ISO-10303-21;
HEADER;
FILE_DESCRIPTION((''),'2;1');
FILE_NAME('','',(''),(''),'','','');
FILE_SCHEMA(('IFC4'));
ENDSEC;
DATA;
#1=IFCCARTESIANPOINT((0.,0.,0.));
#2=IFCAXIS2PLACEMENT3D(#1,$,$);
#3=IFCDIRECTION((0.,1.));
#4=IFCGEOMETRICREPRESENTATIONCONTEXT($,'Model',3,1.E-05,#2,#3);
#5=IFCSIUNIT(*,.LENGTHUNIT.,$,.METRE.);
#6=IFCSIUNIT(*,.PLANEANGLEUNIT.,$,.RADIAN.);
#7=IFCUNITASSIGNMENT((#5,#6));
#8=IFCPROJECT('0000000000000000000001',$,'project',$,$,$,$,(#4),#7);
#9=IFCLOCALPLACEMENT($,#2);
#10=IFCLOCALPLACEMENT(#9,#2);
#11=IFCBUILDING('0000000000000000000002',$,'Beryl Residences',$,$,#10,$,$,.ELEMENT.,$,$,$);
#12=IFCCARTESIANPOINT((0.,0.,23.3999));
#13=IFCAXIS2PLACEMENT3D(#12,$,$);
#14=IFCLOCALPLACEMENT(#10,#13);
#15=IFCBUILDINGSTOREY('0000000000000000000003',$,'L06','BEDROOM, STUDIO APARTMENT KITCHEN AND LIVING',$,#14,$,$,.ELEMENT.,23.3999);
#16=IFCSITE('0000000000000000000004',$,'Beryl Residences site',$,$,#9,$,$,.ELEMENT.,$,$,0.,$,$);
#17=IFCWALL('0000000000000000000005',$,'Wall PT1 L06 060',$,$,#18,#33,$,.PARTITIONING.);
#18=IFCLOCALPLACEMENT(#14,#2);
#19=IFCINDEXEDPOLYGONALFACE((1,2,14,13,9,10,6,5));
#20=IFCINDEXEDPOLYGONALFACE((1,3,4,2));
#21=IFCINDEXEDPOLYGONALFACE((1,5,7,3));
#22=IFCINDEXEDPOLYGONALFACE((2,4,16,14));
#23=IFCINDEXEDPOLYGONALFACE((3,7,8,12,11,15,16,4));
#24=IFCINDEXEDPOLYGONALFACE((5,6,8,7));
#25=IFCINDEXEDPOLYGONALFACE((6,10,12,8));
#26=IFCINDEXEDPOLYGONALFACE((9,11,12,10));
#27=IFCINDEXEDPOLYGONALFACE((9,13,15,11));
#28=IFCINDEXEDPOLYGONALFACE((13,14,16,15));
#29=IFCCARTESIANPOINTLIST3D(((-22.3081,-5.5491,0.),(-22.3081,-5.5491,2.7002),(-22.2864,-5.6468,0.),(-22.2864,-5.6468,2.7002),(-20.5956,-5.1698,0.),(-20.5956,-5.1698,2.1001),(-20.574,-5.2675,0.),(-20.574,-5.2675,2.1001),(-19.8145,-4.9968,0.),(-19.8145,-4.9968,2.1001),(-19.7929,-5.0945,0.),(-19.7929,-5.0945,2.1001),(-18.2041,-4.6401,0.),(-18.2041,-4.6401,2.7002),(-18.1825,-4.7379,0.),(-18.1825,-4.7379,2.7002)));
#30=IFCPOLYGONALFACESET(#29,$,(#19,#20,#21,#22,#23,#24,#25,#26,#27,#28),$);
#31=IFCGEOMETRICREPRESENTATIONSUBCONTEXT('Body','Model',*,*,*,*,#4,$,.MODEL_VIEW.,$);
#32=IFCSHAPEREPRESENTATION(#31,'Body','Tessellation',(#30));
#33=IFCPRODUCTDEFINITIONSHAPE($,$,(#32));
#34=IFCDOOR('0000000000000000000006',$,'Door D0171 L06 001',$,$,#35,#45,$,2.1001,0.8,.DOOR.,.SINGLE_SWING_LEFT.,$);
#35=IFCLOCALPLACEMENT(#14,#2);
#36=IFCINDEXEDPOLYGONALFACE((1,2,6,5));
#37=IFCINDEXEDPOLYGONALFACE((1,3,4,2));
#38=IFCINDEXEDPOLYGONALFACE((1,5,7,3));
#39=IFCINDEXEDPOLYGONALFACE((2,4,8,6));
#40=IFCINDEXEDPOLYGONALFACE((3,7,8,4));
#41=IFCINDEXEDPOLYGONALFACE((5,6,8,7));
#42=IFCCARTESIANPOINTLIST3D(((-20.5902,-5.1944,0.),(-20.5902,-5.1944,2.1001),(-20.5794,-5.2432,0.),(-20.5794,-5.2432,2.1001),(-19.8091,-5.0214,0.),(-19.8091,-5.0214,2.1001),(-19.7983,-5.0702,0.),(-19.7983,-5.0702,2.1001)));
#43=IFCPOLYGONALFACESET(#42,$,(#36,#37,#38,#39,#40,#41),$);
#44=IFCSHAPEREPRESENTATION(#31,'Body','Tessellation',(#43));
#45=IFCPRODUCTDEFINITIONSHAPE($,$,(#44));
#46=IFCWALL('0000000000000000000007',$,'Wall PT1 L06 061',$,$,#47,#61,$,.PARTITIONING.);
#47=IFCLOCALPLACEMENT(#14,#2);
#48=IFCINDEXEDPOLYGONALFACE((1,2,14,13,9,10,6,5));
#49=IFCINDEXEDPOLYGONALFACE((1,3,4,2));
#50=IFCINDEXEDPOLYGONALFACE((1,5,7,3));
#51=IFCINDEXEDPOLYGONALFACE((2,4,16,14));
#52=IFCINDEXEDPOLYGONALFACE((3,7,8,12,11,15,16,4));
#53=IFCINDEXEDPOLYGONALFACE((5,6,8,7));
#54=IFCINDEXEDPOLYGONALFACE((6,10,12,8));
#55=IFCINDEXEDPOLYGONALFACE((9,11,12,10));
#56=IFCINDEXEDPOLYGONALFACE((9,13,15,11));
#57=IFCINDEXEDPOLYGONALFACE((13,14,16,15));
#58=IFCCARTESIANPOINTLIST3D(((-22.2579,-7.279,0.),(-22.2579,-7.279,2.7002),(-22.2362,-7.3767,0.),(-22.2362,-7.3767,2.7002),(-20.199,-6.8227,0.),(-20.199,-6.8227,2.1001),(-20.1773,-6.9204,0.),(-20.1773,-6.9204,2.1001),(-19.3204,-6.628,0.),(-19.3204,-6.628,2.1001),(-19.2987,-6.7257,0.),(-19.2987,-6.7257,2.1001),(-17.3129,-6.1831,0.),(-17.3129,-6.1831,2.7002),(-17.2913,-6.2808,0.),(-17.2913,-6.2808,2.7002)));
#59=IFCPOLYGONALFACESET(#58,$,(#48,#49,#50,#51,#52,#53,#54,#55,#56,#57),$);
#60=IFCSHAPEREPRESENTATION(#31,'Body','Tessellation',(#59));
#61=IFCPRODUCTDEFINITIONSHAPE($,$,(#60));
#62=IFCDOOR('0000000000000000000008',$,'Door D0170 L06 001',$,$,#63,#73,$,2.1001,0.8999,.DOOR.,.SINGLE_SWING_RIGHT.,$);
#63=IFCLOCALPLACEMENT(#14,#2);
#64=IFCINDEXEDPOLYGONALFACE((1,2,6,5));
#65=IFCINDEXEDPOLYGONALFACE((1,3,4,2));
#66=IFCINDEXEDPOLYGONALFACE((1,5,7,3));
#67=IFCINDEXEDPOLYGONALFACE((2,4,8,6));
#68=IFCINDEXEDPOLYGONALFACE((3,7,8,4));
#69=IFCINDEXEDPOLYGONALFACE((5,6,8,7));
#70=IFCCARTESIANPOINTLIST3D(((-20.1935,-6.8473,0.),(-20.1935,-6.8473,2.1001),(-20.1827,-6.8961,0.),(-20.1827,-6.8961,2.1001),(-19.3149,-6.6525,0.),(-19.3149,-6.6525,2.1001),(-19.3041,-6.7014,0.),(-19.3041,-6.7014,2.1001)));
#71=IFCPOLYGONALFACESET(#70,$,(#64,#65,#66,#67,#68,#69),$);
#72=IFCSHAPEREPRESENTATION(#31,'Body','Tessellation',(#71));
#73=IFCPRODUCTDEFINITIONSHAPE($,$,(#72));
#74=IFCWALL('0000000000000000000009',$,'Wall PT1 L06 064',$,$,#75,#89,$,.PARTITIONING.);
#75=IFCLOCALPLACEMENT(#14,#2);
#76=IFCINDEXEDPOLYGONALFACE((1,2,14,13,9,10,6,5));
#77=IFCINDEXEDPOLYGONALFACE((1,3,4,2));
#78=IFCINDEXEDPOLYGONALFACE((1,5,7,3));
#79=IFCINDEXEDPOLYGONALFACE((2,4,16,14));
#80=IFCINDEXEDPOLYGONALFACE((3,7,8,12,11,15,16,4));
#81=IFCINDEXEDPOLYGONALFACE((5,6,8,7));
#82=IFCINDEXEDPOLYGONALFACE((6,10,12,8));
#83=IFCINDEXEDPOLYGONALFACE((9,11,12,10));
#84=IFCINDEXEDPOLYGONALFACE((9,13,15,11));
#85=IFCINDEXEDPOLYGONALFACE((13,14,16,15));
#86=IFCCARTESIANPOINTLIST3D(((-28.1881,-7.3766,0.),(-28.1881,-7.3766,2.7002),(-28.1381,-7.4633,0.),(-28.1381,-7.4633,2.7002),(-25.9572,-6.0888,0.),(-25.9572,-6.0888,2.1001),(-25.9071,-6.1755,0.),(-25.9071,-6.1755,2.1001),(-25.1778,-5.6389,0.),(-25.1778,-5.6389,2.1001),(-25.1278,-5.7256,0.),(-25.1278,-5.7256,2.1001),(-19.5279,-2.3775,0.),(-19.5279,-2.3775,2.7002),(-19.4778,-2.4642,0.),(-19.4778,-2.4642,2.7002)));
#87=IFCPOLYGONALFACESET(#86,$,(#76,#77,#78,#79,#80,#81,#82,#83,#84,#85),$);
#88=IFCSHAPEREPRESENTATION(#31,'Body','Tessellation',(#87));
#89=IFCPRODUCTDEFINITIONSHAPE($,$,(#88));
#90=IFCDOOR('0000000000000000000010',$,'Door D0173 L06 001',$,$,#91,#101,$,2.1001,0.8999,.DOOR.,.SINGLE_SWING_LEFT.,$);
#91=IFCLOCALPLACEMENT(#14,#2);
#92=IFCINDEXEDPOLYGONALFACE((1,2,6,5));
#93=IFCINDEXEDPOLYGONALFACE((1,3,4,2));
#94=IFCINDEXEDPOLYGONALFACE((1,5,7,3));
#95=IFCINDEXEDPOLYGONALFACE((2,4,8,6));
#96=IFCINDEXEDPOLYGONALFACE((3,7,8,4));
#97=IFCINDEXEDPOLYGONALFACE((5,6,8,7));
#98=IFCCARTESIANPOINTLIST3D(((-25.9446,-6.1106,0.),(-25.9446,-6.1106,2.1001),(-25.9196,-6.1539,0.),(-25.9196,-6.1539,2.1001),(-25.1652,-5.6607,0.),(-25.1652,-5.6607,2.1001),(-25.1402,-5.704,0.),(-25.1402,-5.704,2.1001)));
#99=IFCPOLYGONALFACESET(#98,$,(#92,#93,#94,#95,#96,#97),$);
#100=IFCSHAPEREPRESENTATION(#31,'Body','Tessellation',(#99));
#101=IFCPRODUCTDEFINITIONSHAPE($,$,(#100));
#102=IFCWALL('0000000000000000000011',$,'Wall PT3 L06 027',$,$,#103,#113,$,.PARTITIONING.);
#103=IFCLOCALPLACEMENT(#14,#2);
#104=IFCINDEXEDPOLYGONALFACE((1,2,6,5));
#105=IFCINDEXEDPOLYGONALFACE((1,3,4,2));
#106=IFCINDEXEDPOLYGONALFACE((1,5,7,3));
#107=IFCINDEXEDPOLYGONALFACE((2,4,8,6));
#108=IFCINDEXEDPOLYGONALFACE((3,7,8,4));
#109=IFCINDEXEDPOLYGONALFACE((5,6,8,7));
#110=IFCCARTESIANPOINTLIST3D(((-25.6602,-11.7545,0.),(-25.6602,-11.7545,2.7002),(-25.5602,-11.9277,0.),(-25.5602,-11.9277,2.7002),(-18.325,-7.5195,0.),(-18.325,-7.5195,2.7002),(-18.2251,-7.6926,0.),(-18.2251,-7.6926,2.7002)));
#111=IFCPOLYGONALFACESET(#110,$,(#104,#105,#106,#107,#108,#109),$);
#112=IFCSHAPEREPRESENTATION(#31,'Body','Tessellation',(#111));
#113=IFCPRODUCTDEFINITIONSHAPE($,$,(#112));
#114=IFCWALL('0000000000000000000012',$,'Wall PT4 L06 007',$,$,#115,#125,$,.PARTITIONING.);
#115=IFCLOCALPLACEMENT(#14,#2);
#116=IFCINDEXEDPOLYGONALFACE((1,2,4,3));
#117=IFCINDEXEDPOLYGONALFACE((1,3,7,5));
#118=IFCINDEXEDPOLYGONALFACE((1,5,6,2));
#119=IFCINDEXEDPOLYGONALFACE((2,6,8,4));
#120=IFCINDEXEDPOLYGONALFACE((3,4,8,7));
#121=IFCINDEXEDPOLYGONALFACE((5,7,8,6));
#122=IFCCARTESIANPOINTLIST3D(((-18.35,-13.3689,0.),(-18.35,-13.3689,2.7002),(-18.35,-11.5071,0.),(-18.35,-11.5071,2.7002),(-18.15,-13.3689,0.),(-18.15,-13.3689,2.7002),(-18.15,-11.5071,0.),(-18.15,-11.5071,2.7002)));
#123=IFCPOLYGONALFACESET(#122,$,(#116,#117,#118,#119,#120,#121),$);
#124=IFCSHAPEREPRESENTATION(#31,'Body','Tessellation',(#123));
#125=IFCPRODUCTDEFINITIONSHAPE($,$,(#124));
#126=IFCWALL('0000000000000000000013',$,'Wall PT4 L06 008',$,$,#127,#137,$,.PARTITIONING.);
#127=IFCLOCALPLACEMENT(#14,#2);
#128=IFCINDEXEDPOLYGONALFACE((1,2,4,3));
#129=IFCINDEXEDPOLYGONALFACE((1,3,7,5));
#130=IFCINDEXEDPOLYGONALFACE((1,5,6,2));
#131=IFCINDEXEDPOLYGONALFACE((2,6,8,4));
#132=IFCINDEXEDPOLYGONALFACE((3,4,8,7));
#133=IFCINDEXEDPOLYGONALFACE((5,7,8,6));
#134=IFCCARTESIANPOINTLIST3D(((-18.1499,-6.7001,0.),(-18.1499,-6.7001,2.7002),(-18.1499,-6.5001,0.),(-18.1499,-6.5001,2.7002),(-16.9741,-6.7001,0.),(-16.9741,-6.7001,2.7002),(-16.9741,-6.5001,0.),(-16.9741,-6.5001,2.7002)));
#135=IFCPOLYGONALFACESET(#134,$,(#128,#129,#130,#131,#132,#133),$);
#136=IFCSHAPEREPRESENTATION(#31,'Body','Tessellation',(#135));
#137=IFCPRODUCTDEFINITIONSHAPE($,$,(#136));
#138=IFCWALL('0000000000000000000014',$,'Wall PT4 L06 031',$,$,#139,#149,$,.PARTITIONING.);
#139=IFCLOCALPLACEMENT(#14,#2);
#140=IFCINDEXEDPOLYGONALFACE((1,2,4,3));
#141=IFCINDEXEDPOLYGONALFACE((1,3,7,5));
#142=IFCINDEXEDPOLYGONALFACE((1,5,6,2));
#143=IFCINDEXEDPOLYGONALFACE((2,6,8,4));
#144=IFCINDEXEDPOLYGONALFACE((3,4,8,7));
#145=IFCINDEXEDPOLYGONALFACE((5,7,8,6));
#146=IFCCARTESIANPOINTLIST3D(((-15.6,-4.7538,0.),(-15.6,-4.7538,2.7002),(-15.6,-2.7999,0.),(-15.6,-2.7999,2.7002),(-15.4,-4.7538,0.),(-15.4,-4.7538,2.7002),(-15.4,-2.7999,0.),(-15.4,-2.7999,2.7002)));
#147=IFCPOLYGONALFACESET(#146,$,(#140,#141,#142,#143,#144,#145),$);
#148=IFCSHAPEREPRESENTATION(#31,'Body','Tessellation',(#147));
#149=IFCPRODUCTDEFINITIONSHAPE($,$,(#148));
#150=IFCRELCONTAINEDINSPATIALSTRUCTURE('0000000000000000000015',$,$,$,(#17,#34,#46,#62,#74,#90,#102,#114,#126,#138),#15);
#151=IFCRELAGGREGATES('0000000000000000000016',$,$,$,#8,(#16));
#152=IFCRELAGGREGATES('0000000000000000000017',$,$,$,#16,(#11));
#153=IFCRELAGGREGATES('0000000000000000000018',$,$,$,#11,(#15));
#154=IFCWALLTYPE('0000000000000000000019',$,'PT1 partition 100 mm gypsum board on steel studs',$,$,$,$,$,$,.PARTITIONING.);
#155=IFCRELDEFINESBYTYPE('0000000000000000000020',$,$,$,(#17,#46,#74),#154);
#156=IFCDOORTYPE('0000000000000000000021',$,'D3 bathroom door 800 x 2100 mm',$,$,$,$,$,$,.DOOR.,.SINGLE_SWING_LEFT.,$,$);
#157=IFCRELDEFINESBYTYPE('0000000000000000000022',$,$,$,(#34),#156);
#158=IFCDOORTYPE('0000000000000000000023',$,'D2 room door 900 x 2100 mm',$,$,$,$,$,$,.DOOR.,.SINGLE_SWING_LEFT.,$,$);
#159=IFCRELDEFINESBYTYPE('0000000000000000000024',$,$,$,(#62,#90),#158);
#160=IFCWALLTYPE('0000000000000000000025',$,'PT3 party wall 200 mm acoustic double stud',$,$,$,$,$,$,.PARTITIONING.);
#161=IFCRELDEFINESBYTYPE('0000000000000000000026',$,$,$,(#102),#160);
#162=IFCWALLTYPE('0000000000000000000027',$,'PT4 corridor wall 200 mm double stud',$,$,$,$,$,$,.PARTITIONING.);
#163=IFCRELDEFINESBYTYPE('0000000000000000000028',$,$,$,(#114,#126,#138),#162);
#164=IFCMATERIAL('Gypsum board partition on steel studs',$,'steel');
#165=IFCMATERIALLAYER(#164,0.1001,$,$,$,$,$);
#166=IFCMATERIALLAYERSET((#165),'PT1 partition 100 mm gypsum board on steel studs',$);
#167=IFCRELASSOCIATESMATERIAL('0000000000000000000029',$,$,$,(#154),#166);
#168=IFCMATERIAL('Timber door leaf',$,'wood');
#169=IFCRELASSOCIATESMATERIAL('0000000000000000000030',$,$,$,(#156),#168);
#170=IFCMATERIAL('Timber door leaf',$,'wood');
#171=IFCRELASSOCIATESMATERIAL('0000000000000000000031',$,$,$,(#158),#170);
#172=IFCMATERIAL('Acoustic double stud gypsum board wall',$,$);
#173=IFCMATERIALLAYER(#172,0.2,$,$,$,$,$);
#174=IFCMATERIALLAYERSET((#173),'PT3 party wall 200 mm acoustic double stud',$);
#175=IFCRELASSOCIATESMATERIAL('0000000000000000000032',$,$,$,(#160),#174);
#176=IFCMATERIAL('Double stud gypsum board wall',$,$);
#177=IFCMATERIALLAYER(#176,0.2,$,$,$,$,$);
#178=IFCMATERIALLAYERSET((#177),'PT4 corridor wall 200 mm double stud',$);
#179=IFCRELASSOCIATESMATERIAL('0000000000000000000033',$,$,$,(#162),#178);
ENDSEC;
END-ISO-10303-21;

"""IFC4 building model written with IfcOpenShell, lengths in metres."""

from ifc_helpers import new_model, si_unit, direction, frame, frame_2d, origin, place, context, subcontext, project, spatial, rectangle, extrude, material, layer, layer_set, type_object, element, fill, save


model = new_model("IFC4")

# Units and contexts
model_context = context("Model", 3, precision=1e-05, world=origin(), true_north=direction((0.0, 1.0)))
body_context = subcontext(model_context, "Body", "Model", "MODEL_VIEW")
ifc_project = project(units=[si_unit("LENGTHUNIT", "METRE"), si_unit("PLANEANGLEUNIT", "RADIAN")], contexts=[model_context])

# Site, building, storey
site_placement = place(None, origin())
site = spatial("IfcSite", under=ifc_project, at=site_placement, Name="Beryl Residences site", CompositionType="ELEMENT", RefElevation=0.0)
building_placement = place(site_placement, origin())
building = spatial("IfcBuilding", under=site, at=building_placement, Name="Beryl Residences", CompositionType="ELEMENT")
storey_placement = place(building_placement, frame((0.0, 0.0, 23.3999)))
storey = spatial("IfcBuildingStorey", under=building, at=storey_placement, Name="L06", Description="BEDROOM, STUDIO APARTMENT KITCHEN AND LIVING", CompositionType="ELEMENT", Elevation=23.3999)

# Shared definitions
ifc_material_1 = material(Name="Gypsum board partition on steel studs", Category="steel")
ifc_layer_1 = layer(ifc_material_1, 0.1001)
ifc_layer_set_1 = layer_set([ifc_layer_1], Name="PT1 partition 100 mm gypsum board on steel studs")
wall_type_1 = type_object("IfcWallType", Name="PT1 partition 100 mm gypsum board on steel studs", PredefinedType="PARTITIONING", material=ifc_layer_set_1)

# Walls, openings, doors
ifc_material_2 = material(Name="Timber door leaf", Category="wood")
door_type_1 = type_object("IfcDoorType", Name="D3 bathroom door 800 x 2100 mm", OperationType="SINGLE_SWING_LEFT", PredefinedType="DOOR", material=ifc_material_2)
ifc_material_3 = material(Name="Timber door leaf", Category="wood")
door_type_2 = type_object("IfcDoorType", Name="D2 room door 900 x 2100 mm", OperationType="SINGLE_SWING_LEFT", PredefinedType="DOOR", material=ifc_material_3)
wall_1_placement = place(storey_placement, frame((-22.2971, -5.5979, 0.0), z_axis=(0.0, 0.0, 1.0), x_axis=(0.976341, 0.216235, 0.0)))
wall_1 = element("IfcWall", 1, at=wall_1_placement, inside=storey, type_object=wall_type_1, Name="Wall PT1 L06 060", PredefinedType="PARTITIONING", context=body_context, shape_type="SweptSolid", body=[
    extrude(rectangle(XDim=4.2034, YDim=0.1001, at=frame_2d((2.1016, 0.0))), origin(), (0.0, 0.0, 1.0), 2.7002),
])
opening_1_placement = place(wall_1_placement, frame((1.7539, 0.0, 0.0)))
opening_1 = element("IfcOpeningElement", 2, at=opening_1_placement, cuts=wall_1, PredefinedType="OPENING", context=body_context, shape_type="SweptSolid", body=[
    extrude(rectangle(XDim=0.8, YDim=2.1001, at=frame_2d((0.3999, 1.05))), frame((0.0, 0.0601, 0.0), z_axis=(0.0, -1.0, 0.0), x_axis=(1.0, 0.0, 0.0)), (0.0, 0.0, 1.0), 0.1201),
])
door_1_placement = place(opening_1_placement, origin())
door_1 = element("IfcDoor", 3, at=door_1_placement, inside=storey, type_object=door_type_1, Name="Door D0171 L06 001", OperationType="SINGLE_SWING_LEFT", OverallHeight=2.1001, OverallWidth=0.8, PredefinedType="DOOR", context=body_context, shape_type="SweptSolid", body=[
    extrude(rectangle(XDim=0.8, YDim=2.1001, at=frame_2d((0.3999, 1.05))), frame((0.0, 0.0249, 0.0), z_axis=(0.0, -1.0, 0.0), x_axis=(1.0, 0.0, 0.0)), (0.0, 0.0, 1.0), 0.05),
])
fill(opening_1, door_1)
wall_2_placement = place(storey_placement, frame((-22.2471, -7.3279, 0.0), z_axis=(0.0, 0.0, 1.0), x_axis=(0.976311, 0.216374, 0.0)))
wall_2 = element("IfcWall", 4, at=wall_2_placement, inside=storey, type_object=wall_type_1, Name="Wall PT1 L06 061", PredefinedType="PARTITIONING", context=body_context, shape_type="SweptSolid", body=[
    extrude(rectangle(XDim=5.0649, YDim=0.1001, at=frame_2d((2.5325, 0.0))), origin(), (0.0, 0.0, 1.0), 2.7002),
])
opening_2_placement = place(wall_2_placement, frame((2.1089, 0.0, 0.0)))
opening_2 = element("IfcOpeningElement", 5, at=opening_2_placement, cuts=wall_2, PredefinedType="OPENING", context=body_context, shape_type="SweptSolid", body=[
    extrude(rectangle(XDim=0.8999, YDim=2.1001, at=frame_2d((0.45, 1.05))), frame((0.0, 0.0601, 0.0), z_axis=(0.0, -1.0, 0.0), x_axis=(1.0, 0.0, 0.0)), (0.0, 0.0, 1.0), 0.1201),
])
door_2_placement = place(opening_2_placement, origin())
door_2 = element("IfcDoor", 6, at=door_2_placement, inside=storey, type_object=door_type_2, Name="Door D0170 L06 001", OperationType="SINGLE_SWING_RIGHT", OverallHeight=2.1001, OverallWidth=0.8999, PredefinedType="DOOR", context=body_context, shape_type="SweptSolid", body=[
    extrude(rectangle(XDim=0.8999, YDim=2.1001, at=frame_2d((0.45, 1.05))), frame((0.0, 0.0249, 0.0), z_axis=(0.0, -1.0, 0.0), x_axis=(1.0, 0.0, 0.0)), (0.0, 0.0, 1.0), 0.05),
])
fill(opening_2, door_2)
wall_3_placement = place(storey_placement, frame((-28.1631, -7.4199, 0.0), z_axis=(0.0, 0.0, 1.0), x_axis=(0.866065, 0.499931, 0.0)))
wall_3 = element("IfcWall", 7, at=wall_3_placement, inside=storey, type_object=wall_type_1, Name="Wall PT1 L06 064", PredefinedType="PARTITIONING", context=body_context, shape_type="SweptSolid", body=[
    extrude(rectangle(XDim=9.9995, YDim=0.1001, at=frame_2d((4.9998, 0.0))), origin(), (0.0, 0.0, 1.0), 2.7002),
])
opening_3_placement = place(wall_3_placement, frame((2.5759, 0.0, 0.0)))
opening_3 = element("IfcOpeningElement", 8, at=opening_3_placement, cuts=wall_3, PredefinedType="OPENING", context=body_context, shape_type="SweptSolid", body=[
    extrude(rectangle(XDim=0.8999, YDim=2.1001, at=frame_2d((0.45, 1.05))), frame((0.0, 0.0601, 0.0), z_axis=(0.0, -1.0, 0.0), x_axis=(1.0, 0.0, 0.0)), (0.0, 0.0, 1.0), 0.1201),
])
door_3_placement = place(opening_3_placement, origin())
door_3 = element("IfcDoor", 9, at=door_3_placement, inside=storey, type_object=door_type_2, Name="Door D0173 L06 001", OperationType="SINGLE_SWING_LEFT", OverallHeight=2.1001, OverallWidth=0.8999, PredefinedType="DOOR", context=body_context, shape_type="SweptSolid", body=[
    extrude(rectangle(XDim=0.8999, YDim=2.1001, at=frame_2d((0.45, 1.05))), frame((0.0, 0.0249, 0.0), z_axis=(0.0, -1.0, 0.0), x_axis=(1.0, 0.0, 0.0)), (0.0, 0.0, 1.0), 0.05),
])
fill(opening_3, door_3)

# Walls
ifc_material_4 = material(Name="Acoustic double stud gypsum board wall")
ifc_layer_2 = layer(ifc_material_4, 0.2)
ifc_layer_set_2 = layer_set([ifc_layer_2], Name="PT3 party wall 200 mm acoustic double stud")
wall_type_2 = type_object("IfcWallType", Name="PT3 party wall 200 mm acoustic double stud", PredefinedType="PARTITIONING", material=ifc_layer_set_2)
wall_4_placement = place(storey_placement, frame((-25.6101, -11.8411, 0.0), z_axis=(0.0, 0.0, 1.0), x_axis=(0.866019, 0.500011, 0.0)))
element("IfcWall", 10, at=wall_4_placement, inside=storey, type_object=wall_type_2, Name="Wall PT3 L06 027", PredefinedType="PARTITIONING", context=body_context, shape_type="SweptSolid", body=[
    extrude(rectangle(XDim=8.47, YDim=0.2, at=frame_2d((4.2349, 0.0))), origin(), (0.0, 0.0, 1.0), 2.7002),
])
ifc_material_5 = material(Name="Double stud gypsum board wall")
ifc_layer_3 = layer(ifc_material_5, 0.2)
ifc_layer_set_3 = layer_set([ifc_layer_3], Name="PT4 corridor wall 200 mm double stud")
wall_type_3 = type_object("IfcWallType", Name="PT4 corridor wall 200 mm double stud", PredefinedType="PARTITIONING", material=ifc_layer_set_3)
wall_5_placement = place(storey_placement, frame((-18.25, -11.5071, 0.0), z_axis=(0.0, 0.0, 1.0), x_axis=(0.0, -1.0, 0.0)))
element("IfcWall", 11, at=wall_5_placement, inside=storey, type_object=wall_type_3, Name="Wall PT4 L06 007", PredefinedType="PARTITIONING", context=body_context, shape_type="SweptSolid", body=[
    extrude(rectangle(XDim=1.8618, YDim=0.2, at=frame_2d((0.9309, 0.0))), origin(), (0.0, 0.0, 1.0), 2.7002),
])
wall_6_placement = place(storey_placement, frame((-18.1499, -6.6001, 0.0), z_axis=(0.0, 0.0, 1.0), x_axis=(1.0, 0.0, 0.0)))
element("IfcWall", 12, at=wall_6_placement, inside=storey, type_object=wall_type_3, Name="Wall PT4 L06 008", PredefinedType="PARTITIONING", context=body_context, shape_type="SweptSolid", body=[
    extrude(rectangle(XDim=1.1758, YDim=0.2, at=frame_2d((0.5879, 0.0))), origin(), (0.0, 0.0, 1.0), 2.7002),
])
wall_7_placement = place(storey_placement, frame((-15.5, -4.7539, 0.0), z_axis=(0.0, 0.0, 1.0), x_axis=(0.0, 1.0, 0.0)))
element("IfcWall", 13, at=wall_7_placement, inside=storey, type_object=wall_type_3, Name="Wall PT4 L06 031", PredefinedType="PARTITIONING", context=body_context, shape_type="SweptSolid", body=[
    extrude(rectangle(XDim=1.9539, YDim=0.2, at=frame_2d((0.9771, 0.0))), origin(), (0.0, 0.0, 1.0), 2.7002),
])

save(model, "model.ifc")
